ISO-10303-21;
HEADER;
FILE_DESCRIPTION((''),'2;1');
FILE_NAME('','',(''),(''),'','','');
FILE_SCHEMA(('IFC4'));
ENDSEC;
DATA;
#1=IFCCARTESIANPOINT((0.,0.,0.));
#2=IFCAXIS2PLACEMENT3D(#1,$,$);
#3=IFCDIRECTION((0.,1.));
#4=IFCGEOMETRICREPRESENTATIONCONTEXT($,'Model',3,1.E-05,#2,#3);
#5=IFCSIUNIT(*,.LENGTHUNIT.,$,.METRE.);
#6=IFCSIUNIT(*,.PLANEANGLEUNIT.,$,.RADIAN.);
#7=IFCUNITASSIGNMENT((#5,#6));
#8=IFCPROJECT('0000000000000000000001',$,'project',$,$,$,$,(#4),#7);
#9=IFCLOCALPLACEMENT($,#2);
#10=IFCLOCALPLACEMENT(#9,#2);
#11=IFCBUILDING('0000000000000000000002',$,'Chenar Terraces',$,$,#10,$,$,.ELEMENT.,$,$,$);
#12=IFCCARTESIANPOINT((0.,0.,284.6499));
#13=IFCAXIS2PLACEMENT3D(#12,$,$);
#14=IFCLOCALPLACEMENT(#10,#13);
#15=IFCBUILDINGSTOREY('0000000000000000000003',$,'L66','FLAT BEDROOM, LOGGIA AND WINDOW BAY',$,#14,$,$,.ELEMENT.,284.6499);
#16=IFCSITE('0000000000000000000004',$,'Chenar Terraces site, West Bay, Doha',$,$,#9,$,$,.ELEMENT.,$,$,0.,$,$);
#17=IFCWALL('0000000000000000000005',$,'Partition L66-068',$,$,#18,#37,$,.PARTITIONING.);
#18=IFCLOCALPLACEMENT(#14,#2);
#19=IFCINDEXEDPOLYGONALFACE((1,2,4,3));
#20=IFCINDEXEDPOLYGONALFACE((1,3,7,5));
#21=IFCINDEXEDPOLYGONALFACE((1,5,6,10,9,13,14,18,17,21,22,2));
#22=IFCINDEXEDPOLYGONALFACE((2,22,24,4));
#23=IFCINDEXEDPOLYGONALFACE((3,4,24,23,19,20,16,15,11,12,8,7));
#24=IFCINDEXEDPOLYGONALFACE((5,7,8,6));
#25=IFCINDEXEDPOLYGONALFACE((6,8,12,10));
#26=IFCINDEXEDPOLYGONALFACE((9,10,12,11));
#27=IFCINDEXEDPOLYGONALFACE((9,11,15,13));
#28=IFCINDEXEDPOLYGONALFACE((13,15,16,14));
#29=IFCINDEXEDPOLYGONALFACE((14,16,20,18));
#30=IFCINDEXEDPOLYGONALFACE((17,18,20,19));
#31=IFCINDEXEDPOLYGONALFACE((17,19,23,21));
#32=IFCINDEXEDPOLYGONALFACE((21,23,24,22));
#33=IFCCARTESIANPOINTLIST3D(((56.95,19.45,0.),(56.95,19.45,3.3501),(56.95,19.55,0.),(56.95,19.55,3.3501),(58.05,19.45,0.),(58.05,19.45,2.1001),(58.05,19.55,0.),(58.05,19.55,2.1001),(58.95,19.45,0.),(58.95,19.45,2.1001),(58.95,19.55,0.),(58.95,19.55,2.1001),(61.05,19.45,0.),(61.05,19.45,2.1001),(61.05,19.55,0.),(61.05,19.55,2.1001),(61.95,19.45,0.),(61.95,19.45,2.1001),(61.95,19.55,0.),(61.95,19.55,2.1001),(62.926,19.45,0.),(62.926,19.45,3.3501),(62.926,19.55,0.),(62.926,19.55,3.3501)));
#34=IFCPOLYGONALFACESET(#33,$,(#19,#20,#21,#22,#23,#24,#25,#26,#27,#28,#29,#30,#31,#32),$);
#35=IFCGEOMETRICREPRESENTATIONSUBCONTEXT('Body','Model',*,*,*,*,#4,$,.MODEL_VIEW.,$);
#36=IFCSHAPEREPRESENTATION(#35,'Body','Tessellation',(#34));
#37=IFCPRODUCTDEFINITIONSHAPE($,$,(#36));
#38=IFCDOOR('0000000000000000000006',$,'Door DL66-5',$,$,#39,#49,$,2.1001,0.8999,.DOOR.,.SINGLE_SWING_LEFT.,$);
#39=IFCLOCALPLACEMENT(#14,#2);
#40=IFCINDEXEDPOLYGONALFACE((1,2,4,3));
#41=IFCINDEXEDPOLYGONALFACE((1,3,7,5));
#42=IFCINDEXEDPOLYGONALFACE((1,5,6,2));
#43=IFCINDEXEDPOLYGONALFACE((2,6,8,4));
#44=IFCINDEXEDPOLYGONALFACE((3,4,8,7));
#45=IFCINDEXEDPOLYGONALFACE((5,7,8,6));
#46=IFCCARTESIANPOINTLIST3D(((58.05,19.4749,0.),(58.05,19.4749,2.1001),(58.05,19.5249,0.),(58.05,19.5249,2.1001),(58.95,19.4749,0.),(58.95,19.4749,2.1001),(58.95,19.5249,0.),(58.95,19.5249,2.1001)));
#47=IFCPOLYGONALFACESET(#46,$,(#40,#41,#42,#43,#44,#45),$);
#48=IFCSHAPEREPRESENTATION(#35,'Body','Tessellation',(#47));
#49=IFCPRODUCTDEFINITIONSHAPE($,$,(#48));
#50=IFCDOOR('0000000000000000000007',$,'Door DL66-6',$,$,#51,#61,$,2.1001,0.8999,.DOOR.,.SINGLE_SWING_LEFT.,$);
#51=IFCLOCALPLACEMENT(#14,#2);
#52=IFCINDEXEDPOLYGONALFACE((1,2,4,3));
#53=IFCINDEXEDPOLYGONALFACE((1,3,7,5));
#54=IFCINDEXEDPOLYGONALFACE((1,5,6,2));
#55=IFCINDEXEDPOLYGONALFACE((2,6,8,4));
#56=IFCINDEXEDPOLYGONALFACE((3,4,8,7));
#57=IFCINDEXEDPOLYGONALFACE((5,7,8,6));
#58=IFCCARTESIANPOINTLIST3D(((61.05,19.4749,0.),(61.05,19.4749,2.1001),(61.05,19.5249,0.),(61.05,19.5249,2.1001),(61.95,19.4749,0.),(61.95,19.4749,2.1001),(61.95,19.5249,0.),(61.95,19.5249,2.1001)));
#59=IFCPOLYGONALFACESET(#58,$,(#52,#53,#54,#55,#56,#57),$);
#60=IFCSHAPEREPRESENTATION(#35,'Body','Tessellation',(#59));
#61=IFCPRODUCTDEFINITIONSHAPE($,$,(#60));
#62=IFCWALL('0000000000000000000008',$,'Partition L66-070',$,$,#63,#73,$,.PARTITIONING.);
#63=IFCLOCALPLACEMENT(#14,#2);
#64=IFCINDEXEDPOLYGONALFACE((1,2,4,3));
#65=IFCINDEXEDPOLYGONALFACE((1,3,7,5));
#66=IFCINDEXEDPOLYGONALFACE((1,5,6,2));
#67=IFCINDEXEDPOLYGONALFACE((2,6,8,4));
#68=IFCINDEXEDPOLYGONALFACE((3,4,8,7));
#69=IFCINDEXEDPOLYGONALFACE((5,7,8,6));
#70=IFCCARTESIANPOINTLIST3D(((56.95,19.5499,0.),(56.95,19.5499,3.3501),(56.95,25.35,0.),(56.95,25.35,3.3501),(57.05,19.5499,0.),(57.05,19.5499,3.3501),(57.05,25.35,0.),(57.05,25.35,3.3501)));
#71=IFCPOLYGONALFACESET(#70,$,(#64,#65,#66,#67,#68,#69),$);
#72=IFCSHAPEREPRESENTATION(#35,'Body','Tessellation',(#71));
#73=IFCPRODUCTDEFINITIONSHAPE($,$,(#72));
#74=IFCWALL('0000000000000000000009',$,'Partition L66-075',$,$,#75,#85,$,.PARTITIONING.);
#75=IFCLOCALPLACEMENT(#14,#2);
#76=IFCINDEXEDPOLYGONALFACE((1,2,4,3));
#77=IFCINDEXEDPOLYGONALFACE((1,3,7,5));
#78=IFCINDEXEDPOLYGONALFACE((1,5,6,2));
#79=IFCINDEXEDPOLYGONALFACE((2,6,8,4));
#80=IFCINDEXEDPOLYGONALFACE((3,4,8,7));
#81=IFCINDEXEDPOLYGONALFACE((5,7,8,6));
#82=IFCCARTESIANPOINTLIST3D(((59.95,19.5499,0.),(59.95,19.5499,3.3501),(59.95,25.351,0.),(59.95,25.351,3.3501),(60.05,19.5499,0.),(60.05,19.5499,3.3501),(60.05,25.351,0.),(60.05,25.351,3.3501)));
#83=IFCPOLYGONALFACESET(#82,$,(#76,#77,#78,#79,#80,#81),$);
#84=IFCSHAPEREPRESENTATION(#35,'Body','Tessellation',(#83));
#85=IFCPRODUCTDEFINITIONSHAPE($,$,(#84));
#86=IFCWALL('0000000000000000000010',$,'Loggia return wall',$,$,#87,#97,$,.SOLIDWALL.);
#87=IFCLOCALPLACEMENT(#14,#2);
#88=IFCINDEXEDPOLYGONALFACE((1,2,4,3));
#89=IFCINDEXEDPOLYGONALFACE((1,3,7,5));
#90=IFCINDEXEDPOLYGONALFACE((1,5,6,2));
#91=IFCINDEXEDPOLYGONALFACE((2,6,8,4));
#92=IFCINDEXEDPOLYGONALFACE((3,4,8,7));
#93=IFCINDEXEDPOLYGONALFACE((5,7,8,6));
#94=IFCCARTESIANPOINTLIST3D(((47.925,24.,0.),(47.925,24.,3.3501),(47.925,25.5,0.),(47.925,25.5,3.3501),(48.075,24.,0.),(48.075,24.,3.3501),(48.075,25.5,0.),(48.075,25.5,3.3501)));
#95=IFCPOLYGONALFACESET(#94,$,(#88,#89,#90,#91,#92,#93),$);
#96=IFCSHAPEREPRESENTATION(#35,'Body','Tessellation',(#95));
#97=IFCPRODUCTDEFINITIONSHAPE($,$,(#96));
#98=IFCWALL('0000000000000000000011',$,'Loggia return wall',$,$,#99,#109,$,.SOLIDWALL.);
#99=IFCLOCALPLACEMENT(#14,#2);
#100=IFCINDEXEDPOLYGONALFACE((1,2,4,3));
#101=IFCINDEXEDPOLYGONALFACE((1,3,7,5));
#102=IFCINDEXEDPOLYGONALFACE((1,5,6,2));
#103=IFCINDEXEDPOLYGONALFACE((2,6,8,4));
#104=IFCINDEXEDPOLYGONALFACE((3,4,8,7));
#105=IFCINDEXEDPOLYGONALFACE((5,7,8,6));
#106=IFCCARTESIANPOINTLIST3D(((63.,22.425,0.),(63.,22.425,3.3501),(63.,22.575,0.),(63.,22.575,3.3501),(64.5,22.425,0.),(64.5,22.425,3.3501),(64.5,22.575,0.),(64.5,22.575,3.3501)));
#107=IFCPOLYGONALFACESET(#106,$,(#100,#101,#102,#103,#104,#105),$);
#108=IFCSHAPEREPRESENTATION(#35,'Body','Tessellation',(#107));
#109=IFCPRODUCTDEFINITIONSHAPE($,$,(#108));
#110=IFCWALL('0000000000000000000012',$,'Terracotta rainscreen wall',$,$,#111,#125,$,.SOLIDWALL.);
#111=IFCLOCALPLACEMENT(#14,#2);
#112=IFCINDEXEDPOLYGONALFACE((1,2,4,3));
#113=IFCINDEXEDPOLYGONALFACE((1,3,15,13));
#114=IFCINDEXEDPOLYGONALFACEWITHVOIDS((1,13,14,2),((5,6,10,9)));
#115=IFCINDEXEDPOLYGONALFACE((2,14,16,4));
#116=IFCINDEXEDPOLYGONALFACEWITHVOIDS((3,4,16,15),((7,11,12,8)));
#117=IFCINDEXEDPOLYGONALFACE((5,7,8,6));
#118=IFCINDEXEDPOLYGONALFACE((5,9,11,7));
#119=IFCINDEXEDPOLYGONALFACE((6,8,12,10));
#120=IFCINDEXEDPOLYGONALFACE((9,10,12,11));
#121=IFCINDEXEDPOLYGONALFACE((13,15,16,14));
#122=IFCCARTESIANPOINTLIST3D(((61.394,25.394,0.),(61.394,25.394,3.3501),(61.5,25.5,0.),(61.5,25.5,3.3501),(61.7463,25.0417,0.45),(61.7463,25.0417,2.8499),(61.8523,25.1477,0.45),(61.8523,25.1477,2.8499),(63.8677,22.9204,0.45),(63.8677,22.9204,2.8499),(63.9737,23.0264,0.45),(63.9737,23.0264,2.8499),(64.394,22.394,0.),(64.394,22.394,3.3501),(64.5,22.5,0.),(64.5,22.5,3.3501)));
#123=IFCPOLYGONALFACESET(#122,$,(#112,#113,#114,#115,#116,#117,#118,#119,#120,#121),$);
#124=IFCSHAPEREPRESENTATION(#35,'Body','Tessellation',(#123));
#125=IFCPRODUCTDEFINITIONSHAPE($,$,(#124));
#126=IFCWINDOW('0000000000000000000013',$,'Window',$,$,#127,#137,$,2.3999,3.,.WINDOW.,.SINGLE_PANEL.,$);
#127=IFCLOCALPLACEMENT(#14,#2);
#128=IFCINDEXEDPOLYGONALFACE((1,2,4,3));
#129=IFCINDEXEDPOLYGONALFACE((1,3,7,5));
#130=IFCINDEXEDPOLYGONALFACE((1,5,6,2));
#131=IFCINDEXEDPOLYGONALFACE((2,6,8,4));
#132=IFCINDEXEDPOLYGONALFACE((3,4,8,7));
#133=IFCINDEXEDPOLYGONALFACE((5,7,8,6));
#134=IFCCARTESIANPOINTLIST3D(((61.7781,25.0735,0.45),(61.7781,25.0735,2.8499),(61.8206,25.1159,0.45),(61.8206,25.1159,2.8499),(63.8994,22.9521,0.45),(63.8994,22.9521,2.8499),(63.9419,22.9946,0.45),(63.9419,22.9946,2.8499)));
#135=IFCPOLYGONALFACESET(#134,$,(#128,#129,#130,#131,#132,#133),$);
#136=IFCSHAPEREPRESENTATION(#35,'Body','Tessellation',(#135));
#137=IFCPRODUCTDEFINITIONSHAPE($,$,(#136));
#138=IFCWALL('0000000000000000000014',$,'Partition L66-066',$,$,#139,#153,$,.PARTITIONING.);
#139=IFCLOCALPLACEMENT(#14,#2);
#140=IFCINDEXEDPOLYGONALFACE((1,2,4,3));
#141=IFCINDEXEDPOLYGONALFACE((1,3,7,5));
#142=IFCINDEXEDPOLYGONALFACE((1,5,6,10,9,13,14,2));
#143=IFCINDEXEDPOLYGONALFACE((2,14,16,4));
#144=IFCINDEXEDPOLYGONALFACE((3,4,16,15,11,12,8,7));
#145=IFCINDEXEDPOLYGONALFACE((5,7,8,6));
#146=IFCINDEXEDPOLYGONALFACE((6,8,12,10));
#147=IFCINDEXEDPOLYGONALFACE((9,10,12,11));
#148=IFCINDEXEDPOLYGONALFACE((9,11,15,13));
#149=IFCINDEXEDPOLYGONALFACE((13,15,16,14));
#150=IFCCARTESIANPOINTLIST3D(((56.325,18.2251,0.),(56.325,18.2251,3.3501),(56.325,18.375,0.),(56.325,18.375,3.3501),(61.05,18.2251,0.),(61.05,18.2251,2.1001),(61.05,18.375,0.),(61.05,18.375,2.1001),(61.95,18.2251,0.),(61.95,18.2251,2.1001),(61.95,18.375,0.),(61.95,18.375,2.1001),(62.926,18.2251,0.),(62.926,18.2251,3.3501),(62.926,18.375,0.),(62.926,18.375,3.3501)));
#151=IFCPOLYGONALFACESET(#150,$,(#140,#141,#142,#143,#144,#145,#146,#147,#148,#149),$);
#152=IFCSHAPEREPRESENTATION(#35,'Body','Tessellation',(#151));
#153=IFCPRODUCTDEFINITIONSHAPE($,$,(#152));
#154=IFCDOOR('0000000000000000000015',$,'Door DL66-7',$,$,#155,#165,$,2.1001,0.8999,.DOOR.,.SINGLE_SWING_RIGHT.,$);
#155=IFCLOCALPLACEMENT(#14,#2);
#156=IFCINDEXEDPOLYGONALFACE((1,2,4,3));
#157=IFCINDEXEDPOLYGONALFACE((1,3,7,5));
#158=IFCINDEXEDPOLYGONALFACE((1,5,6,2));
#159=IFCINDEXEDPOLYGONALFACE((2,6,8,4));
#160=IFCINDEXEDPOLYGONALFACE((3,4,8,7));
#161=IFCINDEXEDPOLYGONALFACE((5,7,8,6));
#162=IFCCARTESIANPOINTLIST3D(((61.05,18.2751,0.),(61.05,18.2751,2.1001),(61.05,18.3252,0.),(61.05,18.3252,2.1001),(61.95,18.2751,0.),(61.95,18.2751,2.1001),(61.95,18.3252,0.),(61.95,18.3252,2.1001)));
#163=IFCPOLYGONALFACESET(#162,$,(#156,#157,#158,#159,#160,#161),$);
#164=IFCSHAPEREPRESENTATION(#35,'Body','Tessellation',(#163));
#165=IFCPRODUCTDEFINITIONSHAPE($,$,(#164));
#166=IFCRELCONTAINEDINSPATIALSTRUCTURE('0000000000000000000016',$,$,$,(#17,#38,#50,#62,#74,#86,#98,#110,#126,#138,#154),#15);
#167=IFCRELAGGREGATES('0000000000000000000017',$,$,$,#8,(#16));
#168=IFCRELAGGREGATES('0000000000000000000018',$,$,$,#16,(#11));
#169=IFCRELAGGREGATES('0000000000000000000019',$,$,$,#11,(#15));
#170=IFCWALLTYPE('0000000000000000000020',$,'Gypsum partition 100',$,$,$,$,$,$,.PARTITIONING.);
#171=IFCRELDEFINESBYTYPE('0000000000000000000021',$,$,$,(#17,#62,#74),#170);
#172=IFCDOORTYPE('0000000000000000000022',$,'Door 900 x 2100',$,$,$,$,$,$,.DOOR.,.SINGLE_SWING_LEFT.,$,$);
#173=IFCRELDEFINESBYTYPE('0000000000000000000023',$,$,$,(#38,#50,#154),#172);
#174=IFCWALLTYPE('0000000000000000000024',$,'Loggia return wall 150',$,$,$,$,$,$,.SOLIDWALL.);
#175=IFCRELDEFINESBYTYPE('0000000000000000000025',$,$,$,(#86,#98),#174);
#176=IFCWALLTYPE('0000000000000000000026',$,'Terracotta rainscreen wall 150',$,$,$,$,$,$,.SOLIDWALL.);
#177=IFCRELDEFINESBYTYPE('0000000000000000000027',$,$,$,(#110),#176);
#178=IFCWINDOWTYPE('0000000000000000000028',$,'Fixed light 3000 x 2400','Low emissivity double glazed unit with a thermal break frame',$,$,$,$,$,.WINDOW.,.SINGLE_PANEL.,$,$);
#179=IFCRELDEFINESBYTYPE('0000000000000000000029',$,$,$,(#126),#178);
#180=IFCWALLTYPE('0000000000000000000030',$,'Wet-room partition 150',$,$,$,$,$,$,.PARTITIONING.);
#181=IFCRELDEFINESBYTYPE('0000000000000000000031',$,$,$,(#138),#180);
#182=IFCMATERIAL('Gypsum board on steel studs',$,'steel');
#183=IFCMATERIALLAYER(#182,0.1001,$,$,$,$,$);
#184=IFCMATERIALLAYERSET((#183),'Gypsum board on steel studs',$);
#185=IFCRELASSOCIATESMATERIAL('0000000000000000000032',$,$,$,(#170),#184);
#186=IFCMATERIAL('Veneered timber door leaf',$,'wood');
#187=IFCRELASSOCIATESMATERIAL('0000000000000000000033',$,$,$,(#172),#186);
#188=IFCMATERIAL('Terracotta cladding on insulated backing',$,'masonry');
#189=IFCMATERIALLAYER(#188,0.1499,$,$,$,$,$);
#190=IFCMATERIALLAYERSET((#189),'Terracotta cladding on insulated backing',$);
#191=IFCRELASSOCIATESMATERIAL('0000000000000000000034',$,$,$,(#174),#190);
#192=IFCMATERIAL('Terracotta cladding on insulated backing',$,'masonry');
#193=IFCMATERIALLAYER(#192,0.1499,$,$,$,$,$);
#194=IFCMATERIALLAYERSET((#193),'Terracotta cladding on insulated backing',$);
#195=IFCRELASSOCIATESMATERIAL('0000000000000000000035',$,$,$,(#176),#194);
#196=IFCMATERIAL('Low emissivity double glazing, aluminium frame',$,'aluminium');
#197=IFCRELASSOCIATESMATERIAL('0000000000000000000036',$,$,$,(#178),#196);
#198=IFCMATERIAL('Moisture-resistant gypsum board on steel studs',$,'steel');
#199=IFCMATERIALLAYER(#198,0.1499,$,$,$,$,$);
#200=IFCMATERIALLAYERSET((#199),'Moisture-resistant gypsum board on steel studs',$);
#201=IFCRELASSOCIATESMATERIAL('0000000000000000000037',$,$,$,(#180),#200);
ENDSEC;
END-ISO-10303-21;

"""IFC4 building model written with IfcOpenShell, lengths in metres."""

from ifc_helpers import new_model, si_unit, direction, frame, frame_2d, origin, place, context, subcontext, project, spatial, rectangle, extrude, material, layer, layer_set, type_object, element, fill, save


model = new_model("IFC4")

# Units and contexts
model_context = context("Model", 3, precision=1e-05, world=origin(), true_north=direction((0.0, 1.0)))
body_context = subcontext(model_context, "Body", "Model", "MODEL_VIEW")
ifc_project = project(units=[si_unit("LENGTHUNIT", "METRE"), si_unit("PLANEANGLEUNIT", "RADIAN")], contexts=[model_context])

# Site, building, storey
site_placement = place(None, origin())
site = spatial("IfcSite", under=ifc_project, at=site_placement, Name="Chenar Terraces site, West Bay, Doha", CompositionType="ELEMENT", RefElevation=0.0)
building_placement = place(site_placement, origin())
building = spatial("IfcBuilding", under=site, at=building_placement, Name="Chenar Terraces", CompositionType="ELEMENT")
storey_placement = place(building_placement, frame((0.0, 0.0, 284.6499)))
storey = spatial("IfcBuildingStorey", under=building, at=storey_placement, Name="L66", Description="FLAT BEDROOM, LOGGIA AND WINDOW BAY", CompositionType="ELEMENT", Elevation=284.6499)

# Wall, openings, doors
ifc_material_1 = material(Name="Gypsum board on steel studs", Category="steel")
ifc_layer_1 = layer(ifc_material_1, 0.1001)
ifc_layer_set_1 = layer_set([ifc_layer_1], Name="Gypsum board on steel studs")
wall_type_1 = type_object("IfcWallType", Name="Gypsum partition 100", PredefinedType="PARTITIONING", material=ifc_layer_set_1)
wall_1_placement = place(storey_placement, frame((56.95, 19.5, 0.0), z_axis=(0.0, 0.0, 1.0), x_axis=(1.0, 0.0, 0.0)))
wall_1 = element("IfcWall", 1, at=wall_1_placement, inside=storey, type_object=wall_type_1, Name="Partition L66-068", PredefinedType="PARTITIONING", context=body_context, shape_type="SweptSolid", body=[
    extrude(rectangle(XDim=5.9761, YDim=0.1001, at=frame_2d((2.988, 0.0))), origin(), (0.0, 0.0, 1.0), 3.3501),
])
opening_1_placement = place(wall_1_placement, frame((1.1001, 0.0, 0.0)))
opening_1 = element("IfcOpeningElement", 2, at=opening_1_placement, cuts=wall_1, PredefinedType="OPENING", context=body_context, shape_type="SweptSolid", body=[
    extrude(rectangle(XDim=0.8999, YDim=2.1001, at=frame_2d((0.45, 1.05))), frame((0.0, 0.0601, 0.0), z_axis=(0.0, -1.0, 0.0), x_axis=(1.0, 0.0, 0.0)), (0.0, 0.0, 1.0), 0.1201),
])
opening_2_placement = place(wall_1_placement, frame((4.1001, 0.0, 0.0)))
opening_2 = element("IfcOpeningElement", 3, at=opening_2_placement, cuts=wall_1, PredefinedType="OPENING", context=body_context, shape_type="SweptSolid", body=[
    extrude(rectangle(XDim=0.8999, YDim=2.1001, at=frame_2d((0.45, 1.05))), frame((0.0, 0.0601, 0.0), z_axis=(0.0, -1.0, 0.0), x_axis=(1.0, 0.0, 0.0)), (0.0, 0.0, 1.0), 0.1201),
])
ifc_material_2 = material(Name="Veneered timber door leaf", Category="wood")
door_type = type_object("IfcDoorType", Name="Door 900 x 2100", OperationType="SINGLE_SWING_LEFT", PredefinedType="DOOR", material=ifc_material_2)
door_1_placement = place(opening_1_placement, origin())
door_1 = element("IfcDoor", 4, at=door_1_placement, inside=storey, type_object=door_type, Name="Door DL66-5", OperationType="SINGLE_SWING_LEFT", OverallHeight=2.1001, OverallWidth=0.8999, PredefinedType="DOOR", context=body_context, shape_type="SweptSolid", body=[
    extrude(rectangle(XDim=0.8999, YDim=2.1001, at=frame_2d((0.45, 1.05))), frame((0.0, 0.0249, 0.0), z_axis=(0.0, -1.0, 0.0), x_axis=(1.0, 0.0, 0.0)), (0.0, 0.0, 1.0), 0.05),
])
fill(opening_1, door_1)
door_2_placement = place(opening_2_placement, origin())
door_2 = element("IfcDoor", 5, at=door_2_placement, inside=storey, type_object=door_type, Name="Door DL66-6", OperationType="SINGLE_SWING_LEFT", OverallHeight=2.1001, OverallWidth=0.8999, PredefinedType="DOOR", context=body_context, shape_type="SweptSolid", body=[
    extrude(rectangle(XDim=0.8999, YDim=2.1001, at=frame_2d((0.45, 1.05))), frame((0.0, 0.0249, 0.0), z_axis=(0.0, -1.0, 0.0), x_axis=(1.0, 0.0, 0.0)), (0.0, 0.0, 1.0), 0.05),
])
fill(opening_2, door_2)

# Walls
wall_2_placement = place(storey_placement, frame((57.0, 19.55, 0.0), z_axis=(0.0, 0.0, 1.0), x_axis=(0.0, 1.0, 0.0)))
element("IfcWall", 6, at=wall_2_placement, inside=storey, type_object=wall_type_1, Name="Partition L66-070", PredefinedType="PARTITIONING", context=body_context, shape_type="SweptSolid", body=[
    extrude(rectangle(XDim=5.8, YDim=0.1001, at=frame_2d((2.8999, 0.0))), origin(), (0.0, 0.0, 1.0), 3.3501),
])
wall_3_placement = place(storey_placement, frame((60.0, 19.55, 0.0), z_axis=(0.0, 0.0, 1.0), x_axis=(0.0, 1.0, 0.0)))
element("IfcWall", 7, at=wall_3_placement, inside=storey, type_object=wall_type_1, Name="Partition L66-075", PredefinedType="PARTITIONING", context=body_context, shape_type="SweptSolid", body=[
    extrude(rectangle(XDim=5.801, YDim=0.1001, at=frame_2d((2.9004, 0.0))), origin(), (0.0, 0.0, 1.0), 3.3501),
])
ifc_material_3 = material(Name="Terracotta cladding on insulated backing", Category="masonry")
ifc_layer_2 = layer(ifc_material_3, 0.1499)
ifc_layer_set_2 = layer_set([ifc_layer_2], Name="Terracotta cladding on insulated backing")
wall_type_2 = type_object("IfcWallType", Name="Loggia return wall 150", PredefinedType="SOLIDWALL", material=ifc_layer_set_2)
for number, where, z_axis, x_axis, name in (
    (8, (48.0, 25.5, 0.0), (0.0, 0.0, 1.0), (0.0, -1.0, 0.0), "Loggia return wall"),
    (9, (64.5, 22.5, 0.0), (0.0, 0.0, 1.0), (-1.0, 0.0, 0.0), "Loggia return wall"),
):
    element("IfcWall", number, at=place(storey_placement, frame(where, z_axis=z_axis, x_axis=x_axis)), inside=storey, type_object=wall_type_2, Name=name, PredefinedType="SOLIDWALL", context=body_context, shape_type="SweptSolid", body=[
        extrude(rectangle(XDim=1.5, YDim=0.1499, at=frame_2d((0.75, 0.0))), origin(), (0.0, 0.0, 1.0), 3.3501),
    ])

# Wall, opening, window
ifc_material_4 = material(Name="Terracotta cladding on insulated backing", Category="masonry")
ifc_layer_3 = layer(ifc_material_4, 0.1499)
ifc_layer_set_3 = layer_set([ifc_layer_3], Name="Terracotta cladding on insulated backing")
wall_type_3 = type_object("IfcWallType", Name="Terracotta rainscreen wall 150", PredefinedType="SOLIDWALL", material=ifc_layer_set_3)
wall_4_placement = place(storey_placement, frame((64.447, 22.447, 0.0), z_axis=(0.0, 0.0, 1.0), x_axis=(-0.707107, 0.707107, 0.0)))
wall_4 = element("IfcWall", 10, at=wall_4_placement, inside=storey, type_object=wall_type_3, Name="Terracotta rainscreen wall", PredefinedType="SOLIDWALL", context=body_context, shape_type="SweptSolid", body=[
    extrude(rectangle(XDim=4.2427, YDim=0.1499, at=frame_2d((2.1213, 0.0))), origin(), (0.0, 0.0, 1.0), 3.3501),
])
opening_3_placement = place(wall_4_placement, frame((0.7444, 0.0, 0.45)))
opening_3 = element("IfcOpeningElement", 11, at=opening_3_placement, cuts=wall_4, PredefinedType="OPENING", context=body_context, shape_type="SweptSolid", body=[
    extrude(rectangle(XDim=3.0, YDim=2.3999, at=frame_2d((1.5, 1.2))), frame((0.0, 0.085, 0.0), z_axis=(0.0, -1.0, 0.0), x_axis=(1.0, 0.0, 0.0)), (0.0, 0.0, 1.0), 0.1699),
])
ifc_material_5 = material(Name="Low emissivity double glazing, aluminium frame", Category="aluminium")
window_type_1 = type_object("IfcWindowType", Name="Fixed light 3000 x 2400", Description="Low emissivity double glazed unit with a thermal break frame", PartitioningType="SINGLE_PANEL", PredefinedType="WINDOW", material=ifc_material_5)
window_1_placement = place(opening_3_placement, origin())
window_1 = element("IfcWindow", 12, at=window_1_placement, inside=storey, type_object=window_type_1, Name="Window", OverallHeight=2.3999, OverallWidth=3.0, PartitioningType="SINGLE_PANEL", PredefinedType="WINDOW", context=body_context, shape_type="SweptSolid", body=[
    extrude(rectangle(XDim=3.0, YDim=2.3999, at=frame_2d((1.5, 1.2))), frame((0.0, 0.03, 0.0), z_axis=(0.0, -1.0, 0.0), x_axis=(1.0, 0.0, 0.0)), (0.0, 0.0, 1.0), 0.0601),
])
fill(opening_3, window_1)

# Wall, opening, door
ifc_material_6 = material(Name="Moisture-resistant gypsum board on steel studs", Category="steel")
ifc_layer_4 = layer(ifc_material_6, 0.1499)
ifc_layer_set_4 = layer_set([ifc_layer_4], Name="Moisture-resistant gypsum board on steel studs")
wall_type_4 = type_object("IfcWallType", Name="Wet-room partition 150", PredefinedType="PARTITIONING", material=ifc_layer_set_4)
wall_5_placement = place(storey_placement, frame((56.325, 18.3, 0.0), z_axis=(0.0, 0.0, 1.0), x_axis=(1.0, 0.0, 0.0)))
wall_5 = element("IfcWall", 13, at=wall_5_placement, inside=storey, type_object=wall_type_4, Name="Partition L66-066", PredefinedType="PARTITIONING", context=body_context, shape_type="SweptSolid", body=[
    extrude(rectangle(XDim=6.6011, YDim=0.1499, at=frame_2d((3.3005, 0.0))), origin(), (0.0, 0.0, 1.0), 3.3501),
])
opening_4_placement = place(wall_5_placement, frame((4.7251, 0.0, 0.0)))
opening_4 = element("IfcOpeningElement", 14, at=opening_4_placement, cuts=wall_5, PredefinedType="OPENING", context=body_context, shape_type="SweptSolid", body=[
    extrude(rectangle(XDim=0.8999, YDim=2.1001, at=frame_2d((0.45, 1.05))), frame((0.0, 0.085, 0.0), z_axis=(0.0, -1.0, 0.0), x_axis=(1.0, 0.0, 0.0)), (0.0, 0.0, 1.0), 0.1699),
])
door_3_placement = place(opening_4_placement, frame((0.8999, 0.0, 0.0), z_axis=(0.0, 0.0, 1.0), x_axis=(-1.0, 0.0, 0.0)))
door_3 = element("IfcDoor", 15, at=door_3_placement, inside=storey, type_object=door_type, Name="Door DL66-7", OperationType="SINGLE_SWING_RIGHT", OverallHeight=2.1001, OverallWidth=0.8999, PredefinedType="DOOR", context=body_context, shape_type="SweptSolid", body=[
    extrude(rectangle(XDim=0.8999, YDim=2.1001, at=frame_2d((0.45, 1.05))), frame((0.0, 0.0249, 0.0), z_axis=(0.0, -1.0, 0.0), x_axis=(1.0, 0.0, 0.0)), (0.0, 0.0, 1.0), 0.05),
])
fill(opening_4, door_3)

save(model, "model.ifc")
